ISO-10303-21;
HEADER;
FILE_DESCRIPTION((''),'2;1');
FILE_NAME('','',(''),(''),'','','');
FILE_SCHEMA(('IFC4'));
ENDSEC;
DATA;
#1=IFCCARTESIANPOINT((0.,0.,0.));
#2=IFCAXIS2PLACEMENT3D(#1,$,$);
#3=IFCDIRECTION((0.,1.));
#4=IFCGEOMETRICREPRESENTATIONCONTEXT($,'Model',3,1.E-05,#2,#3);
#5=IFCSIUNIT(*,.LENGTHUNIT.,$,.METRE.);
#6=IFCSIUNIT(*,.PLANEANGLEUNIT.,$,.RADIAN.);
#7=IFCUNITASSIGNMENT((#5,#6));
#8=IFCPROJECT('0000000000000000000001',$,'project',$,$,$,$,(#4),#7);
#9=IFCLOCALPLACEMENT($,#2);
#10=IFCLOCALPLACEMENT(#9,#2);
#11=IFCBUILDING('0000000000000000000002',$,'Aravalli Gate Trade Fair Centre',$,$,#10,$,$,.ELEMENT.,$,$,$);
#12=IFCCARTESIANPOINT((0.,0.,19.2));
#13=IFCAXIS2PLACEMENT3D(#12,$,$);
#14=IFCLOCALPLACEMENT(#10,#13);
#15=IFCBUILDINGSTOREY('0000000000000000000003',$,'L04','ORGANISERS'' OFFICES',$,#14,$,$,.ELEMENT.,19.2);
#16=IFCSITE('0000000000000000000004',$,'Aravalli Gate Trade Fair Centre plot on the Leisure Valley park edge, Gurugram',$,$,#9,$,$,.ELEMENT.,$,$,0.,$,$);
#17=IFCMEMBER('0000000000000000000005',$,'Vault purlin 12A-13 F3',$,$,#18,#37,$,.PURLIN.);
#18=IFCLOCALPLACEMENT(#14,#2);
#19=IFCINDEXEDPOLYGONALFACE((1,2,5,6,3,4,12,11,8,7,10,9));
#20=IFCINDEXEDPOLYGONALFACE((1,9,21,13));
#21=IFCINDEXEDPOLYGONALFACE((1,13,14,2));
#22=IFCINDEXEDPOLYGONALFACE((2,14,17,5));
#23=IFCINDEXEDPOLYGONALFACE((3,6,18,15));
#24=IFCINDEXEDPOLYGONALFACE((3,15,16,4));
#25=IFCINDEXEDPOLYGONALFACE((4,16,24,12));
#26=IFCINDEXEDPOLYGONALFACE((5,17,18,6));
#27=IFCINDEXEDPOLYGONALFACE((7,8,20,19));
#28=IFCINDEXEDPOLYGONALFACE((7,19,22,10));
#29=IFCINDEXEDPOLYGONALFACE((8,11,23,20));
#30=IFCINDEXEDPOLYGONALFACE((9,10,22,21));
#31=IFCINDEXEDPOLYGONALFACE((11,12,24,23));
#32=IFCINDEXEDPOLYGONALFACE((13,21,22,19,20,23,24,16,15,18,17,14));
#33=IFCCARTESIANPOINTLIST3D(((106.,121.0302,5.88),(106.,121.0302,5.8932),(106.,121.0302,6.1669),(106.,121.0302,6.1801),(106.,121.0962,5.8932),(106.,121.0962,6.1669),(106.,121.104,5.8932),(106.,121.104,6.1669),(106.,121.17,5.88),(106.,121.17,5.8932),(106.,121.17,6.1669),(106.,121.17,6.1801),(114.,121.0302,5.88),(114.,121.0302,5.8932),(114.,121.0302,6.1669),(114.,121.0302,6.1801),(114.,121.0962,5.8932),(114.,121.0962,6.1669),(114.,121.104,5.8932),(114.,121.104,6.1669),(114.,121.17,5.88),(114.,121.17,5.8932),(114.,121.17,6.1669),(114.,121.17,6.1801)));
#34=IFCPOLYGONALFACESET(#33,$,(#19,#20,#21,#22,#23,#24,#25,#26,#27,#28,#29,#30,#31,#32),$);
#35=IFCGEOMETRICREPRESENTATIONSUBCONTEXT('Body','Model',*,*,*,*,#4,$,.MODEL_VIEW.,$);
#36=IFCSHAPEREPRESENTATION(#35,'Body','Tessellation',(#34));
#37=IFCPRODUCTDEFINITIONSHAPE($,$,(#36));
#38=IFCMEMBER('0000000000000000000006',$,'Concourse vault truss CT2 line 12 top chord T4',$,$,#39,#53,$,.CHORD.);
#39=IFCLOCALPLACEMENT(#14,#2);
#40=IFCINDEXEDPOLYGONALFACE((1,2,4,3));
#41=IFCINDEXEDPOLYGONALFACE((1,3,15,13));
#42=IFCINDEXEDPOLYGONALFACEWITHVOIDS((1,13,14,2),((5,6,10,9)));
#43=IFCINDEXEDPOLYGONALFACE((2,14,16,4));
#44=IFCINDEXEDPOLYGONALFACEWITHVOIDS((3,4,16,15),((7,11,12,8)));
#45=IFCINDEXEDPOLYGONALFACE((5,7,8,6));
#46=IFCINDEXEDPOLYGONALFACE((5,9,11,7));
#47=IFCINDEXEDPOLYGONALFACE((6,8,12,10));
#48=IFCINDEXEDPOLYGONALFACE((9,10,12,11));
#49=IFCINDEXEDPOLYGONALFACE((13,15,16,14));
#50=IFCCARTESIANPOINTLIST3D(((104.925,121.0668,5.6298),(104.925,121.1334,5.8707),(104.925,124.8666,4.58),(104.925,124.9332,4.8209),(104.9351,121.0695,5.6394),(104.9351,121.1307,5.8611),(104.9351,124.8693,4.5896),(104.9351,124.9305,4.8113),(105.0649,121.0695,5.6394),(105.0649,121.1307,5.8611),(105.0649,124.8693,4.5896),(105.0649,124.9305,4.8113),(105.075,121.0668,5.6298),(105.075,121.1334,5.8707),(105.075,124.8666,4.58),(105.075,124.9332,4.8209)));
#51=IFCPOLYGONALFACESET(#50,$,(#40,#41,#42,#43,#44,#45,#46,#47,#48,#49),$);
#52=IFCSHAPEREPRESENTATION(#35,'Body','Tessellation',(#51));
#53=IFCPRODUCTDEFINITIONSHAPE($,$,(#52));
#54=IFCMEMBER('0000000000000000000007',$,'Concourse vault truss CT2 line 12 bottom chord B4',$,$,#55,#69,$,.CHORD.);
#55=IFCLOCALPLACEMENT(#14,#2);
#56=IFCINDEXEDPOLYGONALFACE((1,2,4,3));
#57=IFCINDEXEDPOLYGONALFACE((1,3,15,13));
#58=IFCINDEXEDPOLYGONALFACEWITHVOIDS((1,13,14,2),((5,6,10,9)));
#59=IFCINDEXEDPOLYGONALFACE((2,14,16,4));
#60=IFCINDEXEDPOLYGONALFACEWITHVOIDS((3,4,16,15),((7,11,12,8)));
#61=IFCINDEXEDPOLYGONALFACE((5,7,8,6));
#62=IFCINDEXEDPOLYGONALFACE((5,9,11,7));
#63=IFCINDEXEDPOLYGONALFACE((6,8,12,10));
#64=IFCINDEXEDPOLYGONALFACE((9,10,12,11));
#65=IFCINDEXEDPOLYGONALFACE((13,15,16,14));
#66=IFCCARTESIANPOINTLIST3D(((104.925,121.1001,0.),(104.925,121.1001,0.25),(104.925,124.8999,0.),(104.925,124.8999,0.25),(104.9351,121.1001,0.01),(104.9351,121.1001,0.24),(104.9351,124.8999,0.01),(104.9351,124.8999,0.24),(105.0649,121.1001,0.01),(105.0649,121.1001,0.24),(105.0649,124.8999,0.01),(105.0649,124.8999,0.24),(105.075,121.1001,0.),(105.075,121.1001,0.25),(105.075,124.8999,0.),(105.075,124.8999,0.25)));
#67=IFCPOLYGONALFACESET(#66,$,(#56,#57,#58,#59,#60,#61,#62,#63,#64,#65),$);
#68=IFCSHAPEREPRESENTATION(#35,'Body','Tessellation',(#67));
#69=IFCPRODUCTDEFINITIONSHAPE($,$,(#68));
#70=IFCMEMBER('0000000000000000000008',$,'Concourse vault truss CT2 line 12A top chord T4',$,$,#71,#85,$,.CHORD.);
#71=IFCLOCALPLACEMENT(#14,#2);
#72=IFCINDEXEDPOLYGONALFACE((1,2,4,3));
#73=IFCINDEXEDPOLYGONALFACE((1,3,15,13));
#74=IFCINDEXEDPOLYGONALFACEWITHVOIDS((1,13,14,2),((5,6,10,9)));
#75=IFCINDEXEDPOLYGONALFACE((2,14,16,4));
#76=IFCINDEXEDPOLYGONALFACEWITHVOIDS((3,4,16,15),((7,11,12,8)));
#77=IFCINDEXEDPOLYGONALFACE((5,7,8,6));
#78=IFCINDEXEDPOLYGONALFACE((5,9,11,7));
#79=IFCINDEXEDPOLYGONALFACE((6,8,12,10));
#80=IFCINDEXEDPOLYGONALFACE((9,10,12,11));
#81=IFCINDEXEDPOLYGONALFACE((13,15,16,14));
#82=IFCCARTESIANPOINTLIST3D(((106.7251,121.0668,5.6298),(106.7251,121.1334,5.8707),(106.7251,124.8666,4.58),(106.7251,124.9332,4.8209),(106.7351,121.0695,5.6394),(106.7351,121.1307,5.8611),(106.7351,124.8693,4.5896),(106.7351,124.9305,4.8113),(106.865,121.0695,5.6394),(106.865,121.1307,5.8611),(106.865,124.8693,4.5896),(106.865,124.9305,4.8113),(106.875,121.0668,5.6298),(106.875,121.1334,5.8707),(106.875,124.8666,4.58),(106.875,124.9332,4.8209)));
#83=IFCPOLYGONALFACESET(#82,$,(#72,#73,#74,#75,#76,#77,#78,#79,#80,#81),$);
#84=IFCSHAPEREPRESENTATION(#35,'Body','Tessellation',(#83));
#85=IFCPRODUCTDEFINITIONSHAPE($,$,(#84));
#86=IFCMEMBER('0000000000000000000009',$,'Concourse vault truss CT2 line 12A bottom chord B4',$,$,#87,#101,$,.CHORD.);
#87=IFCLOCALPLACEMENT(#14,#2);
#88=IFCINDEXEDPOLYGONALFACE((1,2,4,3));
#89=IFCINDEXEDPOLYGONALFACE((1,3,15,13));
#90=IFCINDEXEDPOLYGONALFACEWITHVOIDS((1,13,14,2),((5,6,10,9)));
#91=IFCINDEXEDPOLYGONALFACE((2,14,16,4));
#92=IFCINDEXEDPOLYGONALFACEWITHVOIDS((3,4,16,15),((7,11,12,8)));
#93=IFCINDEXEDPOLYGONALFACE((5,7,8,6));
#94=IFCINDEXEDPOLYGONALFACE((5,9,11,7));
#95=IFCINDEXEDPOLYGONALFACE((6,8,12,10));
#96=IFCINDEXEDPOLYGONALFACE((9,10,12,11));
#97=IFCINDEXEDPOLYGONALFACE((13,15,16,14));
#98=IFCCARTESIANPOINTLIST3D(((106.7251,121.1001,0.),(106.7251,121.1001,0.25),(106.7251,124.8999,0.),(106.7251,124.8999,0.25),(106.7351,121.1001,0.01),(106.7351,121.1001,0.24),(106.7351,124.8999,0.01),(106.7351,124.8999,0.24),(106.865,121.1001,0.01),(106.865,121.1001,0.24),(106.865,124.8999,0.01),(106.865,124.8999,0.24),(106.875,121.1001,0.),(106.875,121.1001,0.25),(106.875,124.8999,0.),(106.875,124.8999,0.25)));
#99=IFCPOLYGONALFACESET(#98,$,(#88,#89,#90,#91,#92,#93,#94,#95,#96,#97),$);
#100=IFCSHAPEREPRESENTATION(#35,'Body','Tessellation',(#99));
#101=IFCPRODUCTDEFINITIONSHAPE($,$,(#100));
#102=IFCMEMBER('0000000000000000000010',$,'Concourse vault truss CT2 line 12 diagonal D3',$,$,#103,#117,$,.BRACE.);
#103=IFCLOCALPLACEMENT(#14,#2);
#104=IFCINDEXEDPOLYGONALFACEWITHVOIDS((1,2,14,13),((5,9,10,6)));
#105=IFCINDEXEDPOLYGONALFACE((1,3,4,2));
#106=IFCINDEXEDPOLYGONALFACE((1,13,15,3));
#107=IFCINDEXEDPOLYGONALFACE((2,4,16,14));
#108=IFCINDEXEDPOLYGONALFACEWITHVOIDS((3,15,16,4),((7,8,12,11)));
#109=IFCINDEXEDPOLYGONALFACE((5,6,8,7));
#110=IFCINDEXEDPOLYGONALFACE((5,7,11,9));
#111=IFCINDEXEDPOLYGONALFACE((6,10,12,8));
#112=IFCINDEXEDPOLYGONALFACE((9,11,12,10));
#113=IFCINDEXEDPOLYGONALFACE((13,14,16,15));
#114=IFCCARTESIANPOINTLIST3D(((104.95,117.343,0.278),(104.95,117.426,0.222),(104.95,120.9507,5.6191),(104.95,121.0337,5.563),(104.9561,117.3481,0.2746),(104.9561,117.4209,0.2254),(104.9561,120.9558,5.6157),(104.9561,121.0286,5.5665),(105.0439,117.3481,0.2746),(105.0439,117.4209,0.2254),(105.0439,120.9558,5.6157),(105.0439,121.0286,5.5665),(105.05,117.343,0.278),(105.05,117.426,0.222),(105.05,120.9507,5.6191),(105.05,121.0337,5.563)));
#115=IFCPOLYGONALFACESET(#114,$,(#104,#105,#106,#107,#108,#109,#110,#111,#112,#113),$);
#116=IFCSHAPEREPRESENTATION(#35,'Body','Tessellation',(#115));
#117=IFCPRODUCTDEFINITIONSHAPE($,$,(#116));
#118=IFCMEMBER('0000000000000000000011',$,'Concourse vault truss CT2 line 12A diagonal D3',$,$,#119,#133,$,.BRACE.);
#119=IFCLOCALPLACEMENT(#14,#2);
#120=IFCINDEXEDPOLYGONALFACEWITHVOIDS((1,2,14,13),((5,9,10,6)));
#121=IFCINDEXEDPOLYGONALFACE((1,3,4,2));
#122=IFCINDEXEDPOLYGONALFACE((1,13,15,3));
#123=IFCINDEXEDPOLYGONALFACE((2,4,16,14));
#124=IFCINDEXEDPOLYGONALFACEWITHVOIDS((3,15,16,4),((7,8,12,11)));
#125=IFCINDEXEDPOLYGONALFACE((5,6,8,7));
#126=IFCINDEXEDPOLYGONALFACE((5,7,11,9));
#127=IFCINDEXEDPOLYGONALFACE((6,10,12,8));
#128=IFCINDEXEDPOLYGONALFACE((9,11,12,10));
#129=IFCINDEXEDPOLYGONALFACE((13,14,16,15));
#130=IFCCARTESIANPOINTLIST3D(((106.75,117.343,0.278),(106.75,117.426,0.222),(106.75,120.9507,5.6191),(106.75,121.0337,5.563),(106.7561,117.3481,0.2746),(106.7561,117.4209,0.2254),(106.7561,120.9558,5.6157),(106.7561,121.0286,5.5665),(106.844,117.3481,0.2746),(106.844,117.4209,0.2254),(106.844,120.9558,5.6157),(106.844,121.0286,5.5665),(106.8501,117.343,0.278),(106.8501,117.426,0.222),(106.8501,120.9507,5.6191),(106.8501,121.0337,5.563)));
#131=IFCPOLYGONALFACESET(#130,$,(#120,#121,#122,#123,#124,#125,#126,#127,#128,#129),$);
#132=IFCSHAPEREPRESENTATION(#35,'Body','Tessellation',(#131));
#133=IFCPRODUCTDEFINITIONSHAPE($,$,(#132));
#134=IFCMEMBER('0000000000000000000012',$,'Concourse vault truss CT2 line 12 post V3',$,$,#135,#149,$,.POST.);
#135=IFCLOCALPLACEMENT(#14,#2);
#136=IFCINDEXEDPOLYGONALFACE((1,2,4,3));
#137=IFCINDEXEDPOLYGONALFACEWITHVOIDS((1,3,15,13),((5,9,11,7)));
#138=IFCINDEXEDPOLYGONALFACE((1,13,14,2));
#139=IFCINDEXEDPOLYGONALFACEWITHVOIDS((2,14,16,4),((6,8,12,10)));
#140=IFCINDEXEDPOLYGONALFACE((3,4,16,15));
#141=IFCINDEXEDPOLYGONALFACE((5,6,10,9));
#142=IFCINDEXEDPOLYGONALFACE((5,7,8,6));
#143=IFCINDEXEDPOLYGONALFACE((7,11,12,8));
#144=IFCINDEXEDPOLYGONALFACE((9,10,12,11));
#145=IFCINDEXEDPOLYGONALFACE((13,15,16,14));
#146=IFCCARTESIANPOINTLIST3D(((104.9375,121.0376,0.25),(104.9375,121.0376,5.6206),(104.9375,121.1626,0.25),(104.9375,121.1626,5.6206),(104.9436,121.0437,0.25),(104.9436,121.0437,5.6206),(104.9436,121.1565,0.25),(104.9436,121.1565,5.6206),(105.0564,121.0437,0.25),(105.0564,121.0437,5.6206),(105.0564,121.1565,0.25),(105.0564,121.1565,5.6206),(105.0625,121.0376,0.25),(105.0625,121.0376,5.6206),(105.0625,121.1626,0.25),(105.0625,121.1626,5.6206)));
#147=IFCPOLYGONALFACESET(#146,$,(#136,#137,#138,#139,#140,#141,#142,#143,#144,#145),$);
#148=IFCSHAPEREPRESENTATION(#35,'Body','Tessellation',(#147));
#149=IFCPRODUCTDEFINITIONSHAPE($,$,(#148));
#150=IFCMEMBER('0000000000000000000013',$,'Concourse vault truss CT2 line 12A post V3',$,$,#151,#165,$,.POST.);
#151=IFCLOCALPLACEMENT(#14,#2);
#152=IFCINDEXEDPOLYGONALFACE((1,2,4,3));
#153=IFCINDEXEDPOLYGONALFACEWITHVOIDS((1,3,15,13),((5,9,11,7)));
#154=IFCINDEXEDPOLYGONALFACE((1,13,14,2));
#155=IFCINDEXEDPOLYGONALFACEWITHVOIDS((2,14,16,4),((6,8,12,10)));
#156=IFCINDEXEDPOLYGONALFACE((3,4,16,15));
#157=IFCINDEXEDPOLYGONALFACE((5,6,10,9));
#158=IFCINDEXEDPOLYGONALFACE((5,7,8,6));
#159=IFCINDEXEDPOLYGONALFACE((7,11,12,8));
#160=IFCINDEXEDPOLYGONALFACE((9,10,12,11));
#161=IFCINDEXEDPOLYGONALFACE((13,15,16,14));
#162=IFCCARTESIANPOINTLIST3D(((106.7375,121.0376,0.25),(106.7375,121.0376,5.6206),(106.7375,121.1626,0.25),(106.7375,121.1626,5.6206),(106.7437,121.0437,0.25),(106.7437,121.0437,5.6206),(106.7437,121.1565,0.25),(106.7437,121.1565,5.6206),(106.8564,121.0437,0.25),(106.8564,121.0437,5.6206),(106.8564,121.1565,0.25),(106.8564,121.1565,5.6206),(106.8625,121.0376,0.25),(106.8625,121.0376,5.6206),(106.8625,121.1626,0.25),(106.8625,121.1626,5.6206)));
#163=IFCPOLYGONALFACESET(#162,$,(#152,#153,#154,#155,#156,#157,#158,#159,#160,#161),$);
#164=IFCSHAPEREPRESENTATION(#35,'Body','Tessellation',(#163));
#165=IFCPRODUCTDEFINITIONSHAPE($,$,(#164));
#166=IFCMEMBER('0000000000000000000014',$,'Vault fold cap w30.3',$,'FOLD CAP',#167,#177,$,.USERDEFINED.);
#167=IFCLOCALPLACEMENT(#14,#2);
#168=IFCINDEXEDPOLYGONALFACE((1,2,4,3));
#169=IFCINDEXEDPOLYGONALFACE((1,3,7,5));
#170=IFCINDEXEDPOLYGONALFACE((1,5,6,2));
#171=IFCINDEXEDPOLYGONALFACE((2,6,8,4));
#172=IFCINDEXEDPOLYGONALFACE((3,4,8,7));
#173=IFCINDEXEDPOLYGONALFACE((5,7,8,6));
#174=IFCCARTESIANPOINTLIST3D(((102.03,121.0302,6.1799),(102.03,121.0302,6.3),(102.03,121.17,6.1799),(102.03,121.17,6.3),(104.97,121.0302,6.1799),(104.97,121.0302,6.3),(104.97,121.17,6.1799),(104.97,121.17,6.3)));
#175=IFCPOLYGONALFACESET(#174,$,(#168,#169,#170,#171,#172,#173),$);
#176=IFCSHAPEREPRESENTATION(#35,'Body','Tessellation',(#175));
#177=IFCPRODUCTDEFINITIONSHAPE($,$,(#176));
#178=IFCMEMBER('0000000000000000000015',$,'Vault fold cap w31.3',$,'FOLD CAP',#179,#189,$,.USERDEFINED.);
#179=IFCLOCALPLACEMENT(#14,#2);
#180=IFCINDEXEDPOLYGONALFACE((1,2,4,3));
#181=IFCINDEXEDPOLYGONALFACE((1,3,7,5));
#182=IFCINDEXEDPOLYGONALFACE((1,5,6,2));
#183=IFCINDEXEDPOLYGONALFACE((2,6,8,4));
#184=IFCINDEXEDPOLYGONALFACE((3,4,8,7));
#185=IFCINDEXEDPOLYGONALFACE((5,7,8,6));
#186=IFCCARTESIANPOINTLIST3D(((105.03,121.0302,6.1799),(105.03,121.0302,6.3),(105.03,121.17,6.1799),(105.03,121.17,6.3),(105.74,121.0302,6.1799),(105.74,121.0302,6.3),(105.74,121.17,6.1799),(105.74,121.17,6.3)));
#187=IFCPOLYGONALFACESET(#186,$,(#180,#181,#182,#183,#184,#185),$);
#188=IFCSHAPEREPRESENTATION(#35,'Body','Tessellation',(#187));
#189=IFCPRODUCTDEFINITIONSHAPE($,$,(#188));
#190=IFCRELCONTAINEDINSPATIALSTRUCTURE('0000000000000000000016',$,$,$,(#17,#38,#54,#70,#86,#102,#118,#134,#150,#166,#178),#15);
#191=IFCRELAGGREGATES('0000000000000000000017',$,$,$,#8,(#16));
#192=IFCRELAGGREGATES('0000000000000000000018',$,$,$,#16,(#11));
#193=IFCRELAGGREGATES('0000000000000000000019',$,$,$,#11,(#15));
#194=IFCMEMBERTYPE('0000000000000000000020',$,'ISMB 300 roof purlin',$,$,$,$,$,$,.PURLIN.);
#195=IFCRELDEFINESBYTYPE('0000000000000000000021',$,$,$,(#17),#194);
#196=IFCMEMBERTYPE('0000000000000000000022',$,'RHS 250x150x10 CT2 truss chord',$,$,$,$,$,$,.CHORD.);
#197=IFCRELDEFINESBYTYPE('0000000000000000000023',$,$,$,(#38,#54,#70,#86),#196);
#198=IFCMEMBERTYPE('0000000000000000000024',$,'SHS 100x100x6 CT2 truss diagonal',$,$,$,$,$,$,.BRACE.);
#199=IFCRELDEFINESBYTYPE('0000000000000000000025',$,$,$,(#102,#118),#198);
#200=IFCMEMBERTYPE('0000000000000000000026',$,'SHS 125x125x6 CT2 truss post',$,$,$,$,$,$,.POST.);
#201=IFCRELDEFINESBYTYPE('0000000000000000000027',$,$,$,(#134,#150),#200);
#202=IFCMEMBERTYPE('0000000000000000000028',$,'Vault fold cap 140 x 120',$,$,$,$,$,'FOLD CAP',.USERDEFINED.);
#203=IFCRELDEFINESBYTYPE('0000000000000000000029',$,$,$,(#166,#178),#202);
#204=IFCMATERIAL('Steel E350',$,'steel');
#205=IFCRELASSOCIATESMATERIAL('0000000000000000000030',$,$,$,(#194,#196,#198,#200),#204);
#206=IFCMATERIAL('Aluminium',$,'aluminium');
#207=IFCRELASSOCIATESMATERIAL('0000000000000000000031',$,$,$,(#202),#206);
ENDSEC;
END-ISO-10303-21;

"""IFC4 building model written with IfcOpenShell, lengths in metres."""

from ifc_helpers import new_model, si_unit, direction, frame, origin, origin_2d, place, context, subcontext, project, spatial, rectangle, hollow_rectangle, i_section, extrude, material, material_profile, profile_set, type_object, element, save


model = new_model("IFC4")

# Units and contexts
model_context = context("Model", 3, precision=1e-05, world=origin(), true_north=direction((0.0, 1.0)))
body_context = subcontext(model_context, "Body", "Model", "MODEL_VIEW")
ifc_project = project(units=[si_unit("LENGTHUNIT", "METRE"), si_unit("PLANEANGLEUNIT", "RADIAN")], contexts=[model_context])

# Site, building, storey
site_placement = place(None, origin())
site = spatial("IfcSite", under=ifc_project, at=site_placement, Name="Aravalli Gate Trade Fair Centre plot on the Leisure Valley park edge, Gurugram", CompositionType="ELEMENT", RefElevation=0.0)
building_placement = place(site_placement, origin())
building = spatial("IfcBuilding", under=site, at=building_placement, Name="Aravalli Gate Trade Fair Centre", CompositionType="ELEMENT")
storey_placement = place(building_placement, frame((0.0, 0.0, 19.2)))
storey = spatial("IfcBuildingStorey", under=building, at=storey_placement, Name="L04", Description="ORGANISERS' OFFICES", CompositionType="ELEMENT", Elevation=19.2)

# Members
ifc_material_1 = material(Name="Steel E350", Category="steel")
ifc_material_profile_1 = material_profile(ifc_material_1, i_section(OverallWidth=0.1399, OverallDepth=0.3, WebThickness=0.0078, FlangeThickness=0.0132, at=origin_2d()), Name="ISMB 300")
ifc_profile_set_1 = profile_set([ifc_material_profile_1], Name="Steel E350")
member_type_1 = type_object("IfcMemberType", Name="ISMB 300 roof purlin", PredefinedType="PURLIN", material=ifc_profile_set_1)
member_1_placement = place(storey_placement, frame((106.0, 121.1001, 6.03), z_axis=(1.0, 0.0, 0.0), x_axis=(0.0, 1.0, 0.0)))
element("IfcMember", 1, at=member_1_placement, inside=storey, type_object=member_type_1, Name="Vault purlin 12A-13 F3", PredefinedType="PURLIN", context=body_context, shape_type="SweptSolid", body=[
    extrude(i_section(OverallWidth=0.1399, OverallDepth=0.3, WebThickness=0.0078, FlangeThickness=0.0132, at=origin_2d()), origin(), (0.0, 0.0, 1.0), 8.0),
])
ifc_material_profile_2 = material_profile(ifc_material_1, hollow_rectangle(XDim=0.1499, YDim=0.25, WallThickness=0.01, at=origin_2d()), Name="RHS 250x150x10")
ifc_profile_set_2 = profile_set([ifc_material_profile_2], Name="Steel E350")
member_type_2 = type_object("IfcMemberType", Name="RHS 250x150x10 CT2 truss chord", PredefinedType="CHORD", material=ifc_profile_set_2)
member_2_placement = place(storey_placement, frame((105.0, 121.1001, 5.7502), z_axis=(0.0, 0.96389, -0.266302), x_axis=(-1.0, 0.0, 0.0)))
element("IfcMember", 2, at=member_2_placement, inside=storey, type_object=member_type_2, Name="Concourse vault truss CT2 line 12 top chord T4", PredefinedType="CHORD", context=body_context, shape_type="SweptSolid", body=[
    extrude(hollow_rectangle(XDim=0.1499, YDim=0.25, WallThickness=0.01, at=origin_2d()), origin(), (0.0, 0.0, 1.0), 3.9421),
])
member_3_placement = place(storey_placement, frame((105.0, 121.1001, 0.125), z_axis=(0.0, 1.0, 0.0), x_axis=(-1.0, 0.0, 0.0)))
element("IfcMember", 3, at=member_3_placement, inside=storey, type_object=member_type_2, Name="Concourse vault truss CT2 line 12 bottom chord B4", PredefinedType="CHORD", context=body_context, shape_type="SweptSolid", body=[
    extrude(hollow_rectangle(XDim=0.1499, YDim=0.25, WallThickness=0.01, at=origin_2d()), origin(), (0.0, 0.0, 1.0), 3.7998),
])
member_4_placement = place(storey_placement, frame((106.8, 121.1001, 5.7502), z_axis=(0.0, 0.96389, -0.266302), x_axis=(-1.0, 0.0, 0.0)))
element("IfcMember", 4, at=member_4_placement, inside=storey, type_object=member_type_2, Name="Concourse vault truss CT2 line 12A top chord T4", PredefinedType="CHORD", context=body_context, shape_type="SweptSolid", body=[
    extrude(hollow_rectangle(XDim=0.1499, YDim=0.25, WallThickness=0.01, at=origin_2d()), origin(), (0.0, 0.0, 1.0), 3.9421),
])
member_5_placement = place(storey_placement, frame((106.8, 121.1001, 0.125), z_axis=(0.0, 1.0, 0.0), x_axis=(-1.0, 0.0, 0.0)))
element("IfcMember", 5, at=member_5_placement, inside=storey, type_object=member_type_2, Name="Concourse vault truss CT2 line 12A bottom chord B4", PredefinedType="CHORD", context=body_context, shape_type="SweptSolid", body=[
    extrude(hollow_rectangle(XDim=0.1499, YDim=0.25, WallThickness=0.01, at=origin_2d()), origin(), (0.0, 0.0, 1.0), 3.7998),
])
ifc_material_profile_3 = material_profile(ifc_material_1, hollow_rectangle(XDim=0.1001, YDim=0.1001, WallThickness=0.0061, at=origin_2d()), Name="SHS 100x100x6")
ifc_profile_set_3 = profile_set([ifc_material_profile_3], Name="Steel E350")
member_type_3 = type_object("IfcMemberType", Name="SHS 100x100x6 CT2 truss diagonal", PredefinedType="BRACE", material=ifc_profile_set_3)
for number, where, z_axis, x_axis, name in (
    (6, (105.0, 117.3845, 0.25), (0.0, 0.559734, 0.828673), (-1.0, 0.0, 0.0), "Concourse vault truss CT2 line 12 diagonal D3"),
    (7, (106.8, 117.3845, 0.25), (0.0, 0.559734, 0.828673), (-1.0, 0.0, 0.0), "Concourse vault truss CT2 line 12A diagonal D3"),
):
    element("IfcMember", number, at=place(storey_placement, frame(where, z_axis=z_axis, x_axis=x_axis)), inside=storey, type_object=member_type_3, Name=name, PredefinedType="BRACE", context=body_context, shape_type="SweptSolid", body=[
        extrude(hollow_rectangle(XDim=0.1001, YDim=0.1001, WallThickness=0.0061, at=origin_2d()), origin(), (0.0, 0.0, 1.0), 6.4453),
    ])
ifc_material_profile_4 = material_profile(ifc_material_1, hollow_rectangle(XDim=0.125, YDim=0.125, WallThickness=0.0061, at=origin_2d()), Name="SHS 125x125x6")
ifc_profile_set_4 = profile_set([ifc_material_profile_4], Name="Steel E350")
member_type_4 = type_object("IfcMemberType", Name="SHS 125x125x6 CT2 truss post", PredefinedType="POST", material=ifc_profile_set_4)
for number, where, z_axis, x_axis, name in (
    (8, (105.0, 121.1001, 0.25), (0.0, 0.0, 1.0), (1.0, 0.0, 0.0), "Concourse vault truss CT2 line 12 post V3"),
    (9, (106.8, 121.1001, 0.25), (0.0, 0.0, 1.0), (1.0, 0.0, 0.0), "Concourse vault truss CT2 line 12A post V3"),
):
    element("IfcMember", number, at=place(storey_placement, frame(where, z_axis=z_axis, x_axis=x_axis)), inside=storey, type_object=member_type_4, Name=name, PredefinedType="POST", context=body_context, shape_type="SweptSolid", body=[
        extrude(hollow_rectangle(XDim=0.125, YDim=0.125, WallThickness=0.0061, at=origin_2d()), origin(), (0.0, 0.0, 1.0), 5.3706),
    ])
ifc_material_2 = material(Name="Aluminium", Category="aluminium")
ifc_material_profile_5 = material_profile(ifc_material_2, rectangle(XDim=0.1399, YDim=0.1201, at=origin_2d()), Name="Vault fold cap 140 x 120")
ifc_profile_set_5 = profile_set([ifc_material_profile_5], Name="Aluminium")
member_type_5 = type_object("IfcMemberType", Name="Vault fold cap 140 x 120", ElementType="FOLD CAP", PredefinedType="USERDEFINED", material=ifc_profile_set_5)
member_6_placement = place(storey_placement, frame((102.03, 121.1001, 6.24), z_axis=(1.0, 0.0, 0.0), x_axis=(0.0, 1.0, 0.0)))
element("IfcMember", 10, at=member_6_placement, inside=storey, type_object=member_type_5, Name="Vault fold cap w30.3", ObjectType="FOLD CAP", PredefinedType="USERDEFINED", context=body_context, shape_type="SweptSolid", body=[
    extrude(rectangle(XDim=0.1399, YDim=0.1201, at=origin_2d()), origin(), (0.0, 0.0, 1.0), 2.9399),
])
for number, where, z_axis, x_axis, name in (
    (11, (105.03, 121.1001, 6.24), (1.0, 0.0, 0.0), (0.0, 1.0, 0.0), "Vault fold cap w31.3"),
):
    element("IfcMember", number, at=place(storey_placement, frame(where, z_axis=z_axis, x_axis=x_axis)), inside=storey, type_object=member_type_5, Name=name, ObjectType="FOLD CAP", PredefinedType="USERDEFINED", context=body_context, shape_type="SweptSolid", body=[
        extrude(rectangle(XDim=0.1399, YDim=0.1201, at=origin_2d()), origin(), (0.0, 0.0, 1.0), 0.71),
    ])

save(model, "model.ifc")
